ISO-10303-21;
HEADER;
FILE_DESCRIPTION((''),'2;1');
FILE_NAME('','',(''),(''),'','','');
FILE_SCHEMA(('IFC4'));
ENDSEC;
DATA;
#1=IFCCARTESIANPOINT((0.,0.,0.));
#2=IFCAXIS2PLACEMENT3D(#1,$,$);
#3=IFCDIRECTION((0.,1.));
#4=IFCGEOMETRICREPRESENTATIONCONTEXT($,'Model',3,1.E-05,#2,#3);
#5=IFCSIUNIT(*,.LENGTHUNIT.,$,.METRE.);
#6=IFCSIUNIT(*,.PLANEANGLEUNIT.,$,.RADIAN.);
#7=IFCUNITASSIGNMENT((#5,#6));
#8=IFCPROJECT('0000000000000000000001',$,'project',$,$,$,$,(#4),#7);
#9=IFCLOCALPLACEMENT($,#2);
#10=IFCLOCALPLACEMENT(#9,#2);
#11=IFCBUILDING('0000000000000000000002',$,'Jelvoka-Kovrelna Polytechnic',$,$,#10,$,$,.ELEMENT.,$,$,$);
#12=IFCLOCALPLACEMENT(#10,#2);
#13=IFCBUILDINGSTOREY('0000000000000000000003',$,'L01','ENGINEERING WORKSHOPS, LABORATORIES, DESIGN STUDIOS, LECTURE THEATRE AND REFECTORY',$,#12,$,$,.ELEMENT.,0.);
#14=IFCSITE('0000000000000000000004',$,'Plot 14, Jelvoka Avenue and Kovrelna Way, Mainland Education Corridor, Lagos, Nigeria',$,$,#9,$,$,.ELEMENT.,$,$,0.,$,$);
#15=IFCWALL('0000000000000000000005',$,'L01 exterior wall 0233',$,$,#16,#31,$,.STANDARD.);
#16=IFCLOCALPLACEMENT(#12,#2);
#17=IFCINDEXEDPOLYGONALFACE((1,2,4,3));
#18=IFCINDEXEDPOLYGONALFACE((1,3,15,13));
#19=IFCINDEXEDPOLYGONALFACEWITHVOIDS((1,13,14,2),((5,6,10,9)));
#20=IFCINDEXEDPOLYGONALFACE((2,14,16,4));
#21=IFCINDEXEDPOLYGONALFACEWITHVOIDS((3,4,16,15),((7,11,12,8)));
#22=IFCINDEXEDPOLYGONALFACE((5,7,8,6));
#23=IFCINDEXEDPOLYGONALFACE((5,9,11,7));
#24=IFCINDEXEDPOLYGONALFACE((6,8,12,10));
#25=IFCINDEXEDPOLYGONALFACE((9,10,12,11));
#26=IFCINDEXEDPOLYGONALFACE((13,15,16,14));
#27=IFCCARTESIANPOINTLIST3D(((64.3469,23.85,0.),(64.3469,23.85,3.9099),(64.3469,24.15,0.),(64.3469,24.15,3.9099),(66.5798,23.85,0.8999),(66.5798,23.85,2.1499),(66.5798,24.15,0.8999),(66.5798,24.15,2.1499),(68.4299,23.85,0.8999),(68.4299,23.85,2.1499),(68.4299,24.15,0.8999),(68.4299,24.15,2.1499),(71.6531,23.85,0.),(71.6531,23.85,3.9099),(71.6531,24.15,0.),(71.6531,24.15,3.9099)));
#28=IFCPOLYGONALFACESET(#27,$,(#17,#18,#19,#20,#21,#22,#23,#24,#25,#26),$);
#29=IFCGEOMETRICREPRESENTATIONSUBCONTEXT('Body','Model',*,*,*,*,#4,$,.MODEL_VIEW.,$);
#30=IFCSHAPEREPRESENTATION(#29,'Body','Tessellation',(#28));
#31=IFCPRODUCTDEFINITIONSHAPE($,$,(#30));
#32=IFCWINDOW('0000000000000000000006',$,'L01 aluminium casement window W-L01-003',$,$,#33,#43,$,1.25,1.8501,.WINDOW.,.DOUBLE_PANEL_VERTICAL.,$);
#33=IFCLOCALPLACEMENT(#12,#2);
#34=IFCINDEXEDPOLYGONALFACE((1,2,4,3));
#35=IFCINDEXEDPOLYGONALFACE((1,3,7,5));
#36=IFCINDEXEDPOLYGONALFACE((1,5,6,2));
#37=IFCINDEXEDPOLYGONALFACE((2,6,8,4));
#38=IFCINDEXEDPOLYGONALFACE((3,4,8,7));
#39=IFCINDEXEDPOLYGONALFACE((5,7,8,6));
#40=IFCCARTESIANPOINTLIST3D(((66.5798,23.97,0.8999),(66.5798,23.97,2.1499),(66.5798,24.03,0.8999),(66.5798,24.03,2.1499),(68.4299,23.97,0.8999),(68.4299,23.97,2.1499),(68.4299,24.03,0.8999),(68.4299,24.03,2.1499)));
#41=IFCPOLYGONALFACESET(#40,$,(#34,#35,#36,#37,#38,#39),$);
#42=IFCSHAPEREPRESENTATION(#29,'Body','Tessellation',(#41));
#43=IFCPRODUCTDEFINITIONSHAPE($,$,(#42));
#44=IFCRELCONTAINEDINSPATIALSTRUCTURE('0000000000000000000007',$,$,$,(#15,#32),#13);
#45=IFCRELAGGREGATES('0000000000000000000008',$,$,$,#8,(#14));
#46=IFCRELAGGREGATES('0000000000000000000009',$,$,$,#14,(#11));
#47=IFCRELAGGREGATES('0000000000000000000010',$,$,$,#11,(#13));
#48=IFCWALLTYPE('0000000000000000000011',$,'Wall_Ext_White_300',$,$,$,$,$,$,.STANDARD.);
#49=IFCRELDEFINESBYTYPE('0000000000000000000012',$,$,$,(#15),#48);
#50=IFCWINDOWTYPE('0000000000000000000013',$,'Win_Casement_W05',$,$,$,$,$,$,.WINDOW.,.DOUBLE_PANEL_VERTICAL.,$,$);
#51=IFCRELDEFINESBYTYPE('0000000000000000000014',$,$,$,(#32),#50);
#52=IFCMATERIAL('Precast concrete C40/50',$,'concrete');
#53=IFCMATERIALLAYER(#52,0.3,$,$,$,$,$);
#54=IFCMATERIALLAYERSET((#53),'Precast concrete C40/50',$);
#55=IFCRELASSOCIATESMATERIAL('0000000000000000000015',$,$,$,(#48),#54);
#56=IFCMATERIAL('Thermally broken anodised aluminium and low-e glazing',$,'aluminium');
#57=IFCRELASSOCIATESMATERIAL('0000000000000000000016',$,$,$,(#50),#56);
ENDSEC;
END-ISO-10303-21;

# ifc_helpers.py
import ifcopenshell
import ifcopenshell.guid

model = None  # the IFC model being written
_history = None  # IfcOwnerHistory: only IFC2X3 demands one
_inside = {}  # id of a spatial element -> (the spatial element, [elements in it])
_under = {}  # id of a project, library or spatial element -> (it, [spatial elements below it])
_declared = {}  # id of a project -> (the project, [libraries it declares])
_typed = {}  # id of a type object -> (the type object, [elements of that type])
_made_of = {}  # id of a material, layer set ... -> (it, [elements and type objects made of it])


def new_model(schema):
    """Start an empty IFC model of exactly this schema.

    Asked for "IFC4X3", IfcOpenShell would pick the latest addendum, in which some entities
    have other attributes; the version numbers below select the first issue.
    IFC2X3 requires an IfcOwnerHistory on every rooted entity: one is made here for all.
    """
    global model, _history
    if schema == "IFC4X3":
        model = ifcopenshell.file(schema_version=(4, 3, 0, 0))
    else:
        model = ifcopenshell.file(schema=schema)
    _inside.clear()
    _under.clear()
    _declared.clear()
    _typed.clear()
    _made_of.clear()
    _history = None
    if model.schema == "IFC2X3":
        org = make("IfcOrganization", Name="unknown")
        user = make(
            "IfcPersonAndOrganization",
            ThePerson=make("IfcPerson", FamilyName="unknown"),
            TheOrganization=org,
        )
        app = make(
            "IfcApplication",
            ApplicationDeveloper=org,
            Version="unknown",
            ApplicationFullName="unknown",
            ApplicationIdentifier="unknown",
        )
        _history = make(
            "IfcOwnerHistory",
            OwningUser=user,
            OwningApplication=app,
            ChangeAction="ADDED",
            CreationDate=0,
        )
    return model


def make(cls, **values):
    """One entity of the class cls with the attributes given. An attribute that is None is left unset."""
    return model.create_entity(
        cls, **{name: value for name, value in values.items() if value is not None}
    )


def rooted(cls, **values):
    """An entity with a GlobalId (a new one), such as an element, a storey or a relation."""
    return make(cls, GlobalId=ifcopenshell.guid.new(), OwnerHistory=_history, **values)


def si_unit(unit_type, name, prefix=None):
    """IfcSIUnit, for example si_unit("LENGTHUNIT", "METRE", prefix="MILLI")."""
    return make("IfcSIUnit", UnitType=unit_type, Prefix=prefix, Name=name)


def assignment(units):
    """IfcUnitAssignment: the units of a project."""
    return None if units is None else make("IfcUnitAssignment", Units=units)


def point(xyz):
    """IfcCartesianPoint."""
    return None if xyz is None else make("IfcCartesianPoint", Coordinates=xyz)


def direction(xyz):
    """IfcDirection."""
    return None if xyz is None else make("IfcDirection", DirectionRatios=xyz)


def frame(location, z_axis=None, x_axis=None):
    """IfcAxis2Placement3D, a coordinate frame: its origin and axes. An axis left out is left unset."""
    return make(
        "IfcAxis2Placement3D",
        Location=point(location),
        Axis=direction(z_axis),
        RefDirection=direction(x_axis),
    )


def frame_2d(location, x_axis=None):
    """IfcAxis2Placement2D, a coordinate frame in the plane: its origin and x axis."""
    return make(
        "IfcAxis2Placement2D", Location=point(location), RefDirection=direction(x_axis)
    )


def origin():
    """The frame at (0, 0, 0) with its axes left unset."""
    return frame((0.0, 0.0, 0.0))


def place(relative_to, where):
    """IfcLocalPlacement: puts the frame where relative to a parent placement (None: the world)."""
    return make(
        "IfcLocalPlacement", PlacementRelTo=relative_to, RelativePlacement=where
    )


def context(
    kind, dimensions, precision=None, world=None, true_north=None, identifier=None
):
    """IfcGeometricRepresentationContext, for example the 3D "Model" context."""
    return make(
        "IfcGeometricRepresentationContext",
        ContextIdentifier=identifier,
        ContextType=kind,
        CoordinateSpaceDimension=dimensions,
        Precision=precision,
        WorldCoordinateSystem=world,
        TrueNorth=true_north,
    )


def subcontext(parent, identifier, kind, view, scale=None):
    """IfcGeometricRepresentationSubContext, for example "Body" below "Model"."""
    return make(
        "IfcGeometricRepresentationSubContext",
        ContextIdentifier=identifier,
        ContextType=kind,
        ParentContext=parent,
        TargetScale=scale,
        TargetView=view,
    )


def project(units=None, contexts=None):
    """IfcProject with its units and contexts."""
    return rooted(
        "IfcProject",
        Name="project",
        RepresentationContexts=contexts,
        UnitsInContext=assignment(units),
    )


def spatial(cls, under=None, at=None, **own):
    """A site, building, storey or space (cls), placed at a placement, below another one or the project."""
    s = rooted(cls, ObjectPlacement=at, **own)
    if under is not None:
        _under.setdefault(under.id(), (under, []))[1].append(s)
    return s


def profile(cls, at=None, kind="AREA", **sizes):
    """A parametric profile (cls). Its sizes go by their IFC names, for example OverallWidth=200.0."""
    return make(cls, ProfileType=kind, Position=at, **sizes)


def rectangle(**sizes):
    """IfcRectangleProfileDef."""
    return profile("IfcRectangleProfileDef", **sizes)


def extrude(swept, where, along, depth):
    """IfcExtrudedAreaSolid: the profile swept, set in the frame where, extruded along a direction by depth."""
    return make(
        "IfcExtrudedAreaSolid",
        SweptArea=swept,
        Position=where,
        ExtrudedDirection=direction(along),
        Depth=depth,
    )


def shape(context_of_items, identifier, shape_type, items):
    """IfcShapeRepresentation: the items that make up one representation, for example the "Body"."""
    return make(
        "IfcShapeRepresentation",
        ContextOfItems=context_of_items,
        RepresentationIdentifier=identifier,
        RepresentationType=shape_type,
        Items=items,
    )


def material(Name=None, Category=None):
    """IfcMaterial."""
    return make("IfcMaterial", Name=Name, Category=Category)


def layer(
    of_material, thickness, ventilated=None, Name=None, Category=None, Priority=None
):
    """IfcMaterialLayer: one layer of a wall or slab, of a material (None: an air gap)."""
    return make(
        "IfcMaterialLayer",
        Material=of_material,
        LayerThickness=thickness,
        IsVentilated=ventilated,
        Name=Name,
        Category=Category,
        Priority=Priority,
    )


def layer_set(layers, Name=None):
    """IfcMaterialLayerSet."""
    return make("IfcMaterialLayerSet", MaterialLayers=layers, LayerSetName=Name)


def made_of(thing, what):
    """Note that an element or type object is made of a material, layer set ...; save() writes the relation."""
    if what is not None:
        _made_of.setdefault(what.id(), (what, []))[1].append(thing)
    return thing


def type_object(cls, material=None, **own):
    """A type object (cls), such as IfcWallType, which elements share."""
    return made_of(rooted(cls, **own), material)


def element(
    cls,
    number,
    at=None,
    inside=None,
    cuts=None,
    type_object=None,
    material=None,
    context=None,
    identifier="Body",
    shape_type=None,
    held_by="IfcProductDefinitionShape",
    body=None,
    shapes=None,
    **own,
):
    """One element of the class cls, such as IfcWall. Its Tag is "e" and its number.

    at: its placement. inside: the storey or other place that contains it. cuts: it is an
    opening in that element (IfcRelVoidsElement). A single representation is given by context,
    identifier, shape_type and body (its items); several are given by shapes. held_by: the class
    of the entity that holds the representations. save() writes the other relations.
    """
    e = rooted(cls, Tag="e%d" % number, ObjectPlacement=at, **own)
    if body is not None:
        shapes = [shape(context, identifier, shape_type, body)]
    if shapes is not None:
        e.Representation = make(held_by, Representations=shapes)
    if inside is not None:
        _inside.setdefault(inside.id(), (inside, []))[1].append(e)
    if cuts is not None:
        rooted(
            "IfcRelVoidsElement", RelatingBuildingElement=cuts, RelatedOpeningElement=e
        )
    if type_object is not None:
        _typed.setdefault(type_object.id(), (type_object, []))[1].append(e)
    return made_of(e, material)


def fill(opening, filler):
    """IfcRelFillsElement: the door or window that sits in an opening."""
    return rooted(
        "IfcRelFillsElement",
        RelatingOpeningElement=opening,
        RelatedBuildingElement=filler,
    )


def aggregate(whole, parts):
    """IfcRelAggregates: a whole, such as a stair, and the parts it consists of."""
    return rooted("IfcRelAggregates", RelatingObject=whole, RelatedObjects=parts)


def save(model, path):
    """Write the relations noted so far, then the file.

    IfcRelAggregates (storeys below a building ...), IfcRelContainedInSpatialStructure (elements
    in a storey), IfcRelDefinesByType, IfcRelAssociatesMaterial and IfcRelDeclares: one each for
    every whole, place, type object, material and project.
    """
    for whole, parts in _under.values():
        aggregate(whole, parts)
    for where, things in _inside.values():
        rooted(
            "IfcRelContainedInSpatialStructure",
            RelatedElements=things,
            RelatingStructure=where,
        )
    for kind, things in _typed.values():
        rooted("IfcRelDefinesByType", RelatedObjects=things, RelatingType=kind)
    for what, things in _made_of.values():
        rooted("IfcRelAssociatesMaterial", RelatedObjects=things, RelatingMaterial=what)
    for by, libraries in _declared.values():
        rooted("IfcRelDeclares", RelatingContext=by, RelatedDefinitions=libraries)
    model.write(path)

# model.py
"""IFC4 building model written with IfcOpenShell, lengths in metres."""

from ifc_helpers import new_model, si_unit, direction, frame, frame_2d, origin, place, context, subcontext, project, spatial, rectangle, extrude, material, layer, layer_set, type_object, element, fill, save


model = new_model("IFC4")

# Units and contexts
model_context = context("Model", 3, precision=1e-05, world=origin(), true_north=direction((0.0, 1.0)))
body_context = subcontext(model_context, "Body", "Model", "MODEL_VIEW")
ifc_project = project(units=[si_unit("LENGTHUNIT", "METRE"), si_unit("PLANEANGLEUNIT", "RADIAN")], contexts=[model_context])

# Site, building, storey
site_placement = place(None, origin())
site = spatial("IfcSite", under=ifc_project, at=site_placement, Name="Plot 14, Jelvoka Avenue and Kovrelna Way, Mainland Education Corridor, Lagos, Nigeria", CompositionType="ELEMENT", RefElevation=0.0)
building_placement = place(site_placement, origin())
building = spatial("IfcBuilding", under=site, at=building_placement, Name="Jelvoka-Kovrelna Polytechnic", CompositionType="ELEMENT")
storey_placement = place(building_placement, origin())
storey = spatial("IfcBuildingStorey", under=building, at=storey_placement, Name="L01", Description="ENGINEERING WORKSHOPS, LABORATORIES, DESIGN STUDIOS, LECTURE THEATRE AND REFECTORY", CompositionType="ELEMENT", Elevation=0.0)

# Wall, opening, window
ifc_material_1 = material(Name="Precast concrete C40/50", Category="concrete")
ifc_layer_1 = layer(ifc_material_1, 0.3)
ifc_layer_set_1 = layer_set([ifc_layer_1], Name="Precast concrete C40/50")
wall_type_1 = type_object("IfcWallType", Name="Wall_Ext_White_300", PredefinedType="STANDARD", material=ifc_layer_set_1)
wall_1_placement = place(storey_placement, frame((64.3469, 24.0, 0.0), z_axis=(0.0, 0.0, 1.0), x_axis=(1.0, 0.0, 0.0)))
wall_1 = element("IfcWall", 1, at=wall_1_placement, inside=storey, type_object=wall_type_1, Name="L01 exterior wall 0233", PredefinedType="STANDARD", context=body_context, shape_type="SweptSolid", body=[
    extrude(rectangle(XDim=7.3062, YDim=0.3, at=frame_2d((3.6531, 0.0))), origin(), (0.0, 0.0, 1.0), 3.9099),
])
opening_1_placement = place(wall_1_placement, frame((2.2329, 0.0, 0.8999)))
opening_1 = element("IfcOpeningElement", 2, at=opening_1_placement, cuts=wall_1, PredefinedType="OPENING", context=body_context, shape_type="SweptSolid", body=[
    extrude(rectangle(XDim=1.8501, YDim=1.25, at=frame_2d((0.925, 0.625))), frame((0.0, 0.1599, 0.0), z_axis=(0.0, -1.0, 0.0), x_axis=(1.0, 0.0, 0.0)), (0.0, 0.0, 1.0), 0.3201),
])
ifc_material_2 = material(Name="Thermally broken anodised aluminium and low-e glazing", Category="aluminium")
window_type = type_object("IfcWindowType", Name="Win_Casement_W05", PartitioningType="DOUBLE_PANEL_VERTICAL", PredefinedType="WINDOW", material=ifc_material_2)
window_placement = place(opening_1_placement, origin())
window = element("IfcWindow", 3, at=window_placement, inside=storey, type_object=window_type, Name="L01 aluminium casement window W-L01-003", OverallHeight=1.25, OverallWidth=1.8501, PartitioningType="DOUBLE_PANEL_VERTICAL", PredefinedType="WINDOW", context=body_context, shape_type="SweptSolid", body=[
    extrude(rectangle(XDim=1.8501, YDim=1.25, at=frame_2d((0.925, 0.625))), frame((0.0, 0.03, 0.0), z_axis=(0.0, -1.0, 0.0), x_axis=(1.0, 0.0, 0.0)), (0.0, 0.0, 1.0), 0.0601),
])
fill(opening_1, window)

save(model, "model.ifc")
